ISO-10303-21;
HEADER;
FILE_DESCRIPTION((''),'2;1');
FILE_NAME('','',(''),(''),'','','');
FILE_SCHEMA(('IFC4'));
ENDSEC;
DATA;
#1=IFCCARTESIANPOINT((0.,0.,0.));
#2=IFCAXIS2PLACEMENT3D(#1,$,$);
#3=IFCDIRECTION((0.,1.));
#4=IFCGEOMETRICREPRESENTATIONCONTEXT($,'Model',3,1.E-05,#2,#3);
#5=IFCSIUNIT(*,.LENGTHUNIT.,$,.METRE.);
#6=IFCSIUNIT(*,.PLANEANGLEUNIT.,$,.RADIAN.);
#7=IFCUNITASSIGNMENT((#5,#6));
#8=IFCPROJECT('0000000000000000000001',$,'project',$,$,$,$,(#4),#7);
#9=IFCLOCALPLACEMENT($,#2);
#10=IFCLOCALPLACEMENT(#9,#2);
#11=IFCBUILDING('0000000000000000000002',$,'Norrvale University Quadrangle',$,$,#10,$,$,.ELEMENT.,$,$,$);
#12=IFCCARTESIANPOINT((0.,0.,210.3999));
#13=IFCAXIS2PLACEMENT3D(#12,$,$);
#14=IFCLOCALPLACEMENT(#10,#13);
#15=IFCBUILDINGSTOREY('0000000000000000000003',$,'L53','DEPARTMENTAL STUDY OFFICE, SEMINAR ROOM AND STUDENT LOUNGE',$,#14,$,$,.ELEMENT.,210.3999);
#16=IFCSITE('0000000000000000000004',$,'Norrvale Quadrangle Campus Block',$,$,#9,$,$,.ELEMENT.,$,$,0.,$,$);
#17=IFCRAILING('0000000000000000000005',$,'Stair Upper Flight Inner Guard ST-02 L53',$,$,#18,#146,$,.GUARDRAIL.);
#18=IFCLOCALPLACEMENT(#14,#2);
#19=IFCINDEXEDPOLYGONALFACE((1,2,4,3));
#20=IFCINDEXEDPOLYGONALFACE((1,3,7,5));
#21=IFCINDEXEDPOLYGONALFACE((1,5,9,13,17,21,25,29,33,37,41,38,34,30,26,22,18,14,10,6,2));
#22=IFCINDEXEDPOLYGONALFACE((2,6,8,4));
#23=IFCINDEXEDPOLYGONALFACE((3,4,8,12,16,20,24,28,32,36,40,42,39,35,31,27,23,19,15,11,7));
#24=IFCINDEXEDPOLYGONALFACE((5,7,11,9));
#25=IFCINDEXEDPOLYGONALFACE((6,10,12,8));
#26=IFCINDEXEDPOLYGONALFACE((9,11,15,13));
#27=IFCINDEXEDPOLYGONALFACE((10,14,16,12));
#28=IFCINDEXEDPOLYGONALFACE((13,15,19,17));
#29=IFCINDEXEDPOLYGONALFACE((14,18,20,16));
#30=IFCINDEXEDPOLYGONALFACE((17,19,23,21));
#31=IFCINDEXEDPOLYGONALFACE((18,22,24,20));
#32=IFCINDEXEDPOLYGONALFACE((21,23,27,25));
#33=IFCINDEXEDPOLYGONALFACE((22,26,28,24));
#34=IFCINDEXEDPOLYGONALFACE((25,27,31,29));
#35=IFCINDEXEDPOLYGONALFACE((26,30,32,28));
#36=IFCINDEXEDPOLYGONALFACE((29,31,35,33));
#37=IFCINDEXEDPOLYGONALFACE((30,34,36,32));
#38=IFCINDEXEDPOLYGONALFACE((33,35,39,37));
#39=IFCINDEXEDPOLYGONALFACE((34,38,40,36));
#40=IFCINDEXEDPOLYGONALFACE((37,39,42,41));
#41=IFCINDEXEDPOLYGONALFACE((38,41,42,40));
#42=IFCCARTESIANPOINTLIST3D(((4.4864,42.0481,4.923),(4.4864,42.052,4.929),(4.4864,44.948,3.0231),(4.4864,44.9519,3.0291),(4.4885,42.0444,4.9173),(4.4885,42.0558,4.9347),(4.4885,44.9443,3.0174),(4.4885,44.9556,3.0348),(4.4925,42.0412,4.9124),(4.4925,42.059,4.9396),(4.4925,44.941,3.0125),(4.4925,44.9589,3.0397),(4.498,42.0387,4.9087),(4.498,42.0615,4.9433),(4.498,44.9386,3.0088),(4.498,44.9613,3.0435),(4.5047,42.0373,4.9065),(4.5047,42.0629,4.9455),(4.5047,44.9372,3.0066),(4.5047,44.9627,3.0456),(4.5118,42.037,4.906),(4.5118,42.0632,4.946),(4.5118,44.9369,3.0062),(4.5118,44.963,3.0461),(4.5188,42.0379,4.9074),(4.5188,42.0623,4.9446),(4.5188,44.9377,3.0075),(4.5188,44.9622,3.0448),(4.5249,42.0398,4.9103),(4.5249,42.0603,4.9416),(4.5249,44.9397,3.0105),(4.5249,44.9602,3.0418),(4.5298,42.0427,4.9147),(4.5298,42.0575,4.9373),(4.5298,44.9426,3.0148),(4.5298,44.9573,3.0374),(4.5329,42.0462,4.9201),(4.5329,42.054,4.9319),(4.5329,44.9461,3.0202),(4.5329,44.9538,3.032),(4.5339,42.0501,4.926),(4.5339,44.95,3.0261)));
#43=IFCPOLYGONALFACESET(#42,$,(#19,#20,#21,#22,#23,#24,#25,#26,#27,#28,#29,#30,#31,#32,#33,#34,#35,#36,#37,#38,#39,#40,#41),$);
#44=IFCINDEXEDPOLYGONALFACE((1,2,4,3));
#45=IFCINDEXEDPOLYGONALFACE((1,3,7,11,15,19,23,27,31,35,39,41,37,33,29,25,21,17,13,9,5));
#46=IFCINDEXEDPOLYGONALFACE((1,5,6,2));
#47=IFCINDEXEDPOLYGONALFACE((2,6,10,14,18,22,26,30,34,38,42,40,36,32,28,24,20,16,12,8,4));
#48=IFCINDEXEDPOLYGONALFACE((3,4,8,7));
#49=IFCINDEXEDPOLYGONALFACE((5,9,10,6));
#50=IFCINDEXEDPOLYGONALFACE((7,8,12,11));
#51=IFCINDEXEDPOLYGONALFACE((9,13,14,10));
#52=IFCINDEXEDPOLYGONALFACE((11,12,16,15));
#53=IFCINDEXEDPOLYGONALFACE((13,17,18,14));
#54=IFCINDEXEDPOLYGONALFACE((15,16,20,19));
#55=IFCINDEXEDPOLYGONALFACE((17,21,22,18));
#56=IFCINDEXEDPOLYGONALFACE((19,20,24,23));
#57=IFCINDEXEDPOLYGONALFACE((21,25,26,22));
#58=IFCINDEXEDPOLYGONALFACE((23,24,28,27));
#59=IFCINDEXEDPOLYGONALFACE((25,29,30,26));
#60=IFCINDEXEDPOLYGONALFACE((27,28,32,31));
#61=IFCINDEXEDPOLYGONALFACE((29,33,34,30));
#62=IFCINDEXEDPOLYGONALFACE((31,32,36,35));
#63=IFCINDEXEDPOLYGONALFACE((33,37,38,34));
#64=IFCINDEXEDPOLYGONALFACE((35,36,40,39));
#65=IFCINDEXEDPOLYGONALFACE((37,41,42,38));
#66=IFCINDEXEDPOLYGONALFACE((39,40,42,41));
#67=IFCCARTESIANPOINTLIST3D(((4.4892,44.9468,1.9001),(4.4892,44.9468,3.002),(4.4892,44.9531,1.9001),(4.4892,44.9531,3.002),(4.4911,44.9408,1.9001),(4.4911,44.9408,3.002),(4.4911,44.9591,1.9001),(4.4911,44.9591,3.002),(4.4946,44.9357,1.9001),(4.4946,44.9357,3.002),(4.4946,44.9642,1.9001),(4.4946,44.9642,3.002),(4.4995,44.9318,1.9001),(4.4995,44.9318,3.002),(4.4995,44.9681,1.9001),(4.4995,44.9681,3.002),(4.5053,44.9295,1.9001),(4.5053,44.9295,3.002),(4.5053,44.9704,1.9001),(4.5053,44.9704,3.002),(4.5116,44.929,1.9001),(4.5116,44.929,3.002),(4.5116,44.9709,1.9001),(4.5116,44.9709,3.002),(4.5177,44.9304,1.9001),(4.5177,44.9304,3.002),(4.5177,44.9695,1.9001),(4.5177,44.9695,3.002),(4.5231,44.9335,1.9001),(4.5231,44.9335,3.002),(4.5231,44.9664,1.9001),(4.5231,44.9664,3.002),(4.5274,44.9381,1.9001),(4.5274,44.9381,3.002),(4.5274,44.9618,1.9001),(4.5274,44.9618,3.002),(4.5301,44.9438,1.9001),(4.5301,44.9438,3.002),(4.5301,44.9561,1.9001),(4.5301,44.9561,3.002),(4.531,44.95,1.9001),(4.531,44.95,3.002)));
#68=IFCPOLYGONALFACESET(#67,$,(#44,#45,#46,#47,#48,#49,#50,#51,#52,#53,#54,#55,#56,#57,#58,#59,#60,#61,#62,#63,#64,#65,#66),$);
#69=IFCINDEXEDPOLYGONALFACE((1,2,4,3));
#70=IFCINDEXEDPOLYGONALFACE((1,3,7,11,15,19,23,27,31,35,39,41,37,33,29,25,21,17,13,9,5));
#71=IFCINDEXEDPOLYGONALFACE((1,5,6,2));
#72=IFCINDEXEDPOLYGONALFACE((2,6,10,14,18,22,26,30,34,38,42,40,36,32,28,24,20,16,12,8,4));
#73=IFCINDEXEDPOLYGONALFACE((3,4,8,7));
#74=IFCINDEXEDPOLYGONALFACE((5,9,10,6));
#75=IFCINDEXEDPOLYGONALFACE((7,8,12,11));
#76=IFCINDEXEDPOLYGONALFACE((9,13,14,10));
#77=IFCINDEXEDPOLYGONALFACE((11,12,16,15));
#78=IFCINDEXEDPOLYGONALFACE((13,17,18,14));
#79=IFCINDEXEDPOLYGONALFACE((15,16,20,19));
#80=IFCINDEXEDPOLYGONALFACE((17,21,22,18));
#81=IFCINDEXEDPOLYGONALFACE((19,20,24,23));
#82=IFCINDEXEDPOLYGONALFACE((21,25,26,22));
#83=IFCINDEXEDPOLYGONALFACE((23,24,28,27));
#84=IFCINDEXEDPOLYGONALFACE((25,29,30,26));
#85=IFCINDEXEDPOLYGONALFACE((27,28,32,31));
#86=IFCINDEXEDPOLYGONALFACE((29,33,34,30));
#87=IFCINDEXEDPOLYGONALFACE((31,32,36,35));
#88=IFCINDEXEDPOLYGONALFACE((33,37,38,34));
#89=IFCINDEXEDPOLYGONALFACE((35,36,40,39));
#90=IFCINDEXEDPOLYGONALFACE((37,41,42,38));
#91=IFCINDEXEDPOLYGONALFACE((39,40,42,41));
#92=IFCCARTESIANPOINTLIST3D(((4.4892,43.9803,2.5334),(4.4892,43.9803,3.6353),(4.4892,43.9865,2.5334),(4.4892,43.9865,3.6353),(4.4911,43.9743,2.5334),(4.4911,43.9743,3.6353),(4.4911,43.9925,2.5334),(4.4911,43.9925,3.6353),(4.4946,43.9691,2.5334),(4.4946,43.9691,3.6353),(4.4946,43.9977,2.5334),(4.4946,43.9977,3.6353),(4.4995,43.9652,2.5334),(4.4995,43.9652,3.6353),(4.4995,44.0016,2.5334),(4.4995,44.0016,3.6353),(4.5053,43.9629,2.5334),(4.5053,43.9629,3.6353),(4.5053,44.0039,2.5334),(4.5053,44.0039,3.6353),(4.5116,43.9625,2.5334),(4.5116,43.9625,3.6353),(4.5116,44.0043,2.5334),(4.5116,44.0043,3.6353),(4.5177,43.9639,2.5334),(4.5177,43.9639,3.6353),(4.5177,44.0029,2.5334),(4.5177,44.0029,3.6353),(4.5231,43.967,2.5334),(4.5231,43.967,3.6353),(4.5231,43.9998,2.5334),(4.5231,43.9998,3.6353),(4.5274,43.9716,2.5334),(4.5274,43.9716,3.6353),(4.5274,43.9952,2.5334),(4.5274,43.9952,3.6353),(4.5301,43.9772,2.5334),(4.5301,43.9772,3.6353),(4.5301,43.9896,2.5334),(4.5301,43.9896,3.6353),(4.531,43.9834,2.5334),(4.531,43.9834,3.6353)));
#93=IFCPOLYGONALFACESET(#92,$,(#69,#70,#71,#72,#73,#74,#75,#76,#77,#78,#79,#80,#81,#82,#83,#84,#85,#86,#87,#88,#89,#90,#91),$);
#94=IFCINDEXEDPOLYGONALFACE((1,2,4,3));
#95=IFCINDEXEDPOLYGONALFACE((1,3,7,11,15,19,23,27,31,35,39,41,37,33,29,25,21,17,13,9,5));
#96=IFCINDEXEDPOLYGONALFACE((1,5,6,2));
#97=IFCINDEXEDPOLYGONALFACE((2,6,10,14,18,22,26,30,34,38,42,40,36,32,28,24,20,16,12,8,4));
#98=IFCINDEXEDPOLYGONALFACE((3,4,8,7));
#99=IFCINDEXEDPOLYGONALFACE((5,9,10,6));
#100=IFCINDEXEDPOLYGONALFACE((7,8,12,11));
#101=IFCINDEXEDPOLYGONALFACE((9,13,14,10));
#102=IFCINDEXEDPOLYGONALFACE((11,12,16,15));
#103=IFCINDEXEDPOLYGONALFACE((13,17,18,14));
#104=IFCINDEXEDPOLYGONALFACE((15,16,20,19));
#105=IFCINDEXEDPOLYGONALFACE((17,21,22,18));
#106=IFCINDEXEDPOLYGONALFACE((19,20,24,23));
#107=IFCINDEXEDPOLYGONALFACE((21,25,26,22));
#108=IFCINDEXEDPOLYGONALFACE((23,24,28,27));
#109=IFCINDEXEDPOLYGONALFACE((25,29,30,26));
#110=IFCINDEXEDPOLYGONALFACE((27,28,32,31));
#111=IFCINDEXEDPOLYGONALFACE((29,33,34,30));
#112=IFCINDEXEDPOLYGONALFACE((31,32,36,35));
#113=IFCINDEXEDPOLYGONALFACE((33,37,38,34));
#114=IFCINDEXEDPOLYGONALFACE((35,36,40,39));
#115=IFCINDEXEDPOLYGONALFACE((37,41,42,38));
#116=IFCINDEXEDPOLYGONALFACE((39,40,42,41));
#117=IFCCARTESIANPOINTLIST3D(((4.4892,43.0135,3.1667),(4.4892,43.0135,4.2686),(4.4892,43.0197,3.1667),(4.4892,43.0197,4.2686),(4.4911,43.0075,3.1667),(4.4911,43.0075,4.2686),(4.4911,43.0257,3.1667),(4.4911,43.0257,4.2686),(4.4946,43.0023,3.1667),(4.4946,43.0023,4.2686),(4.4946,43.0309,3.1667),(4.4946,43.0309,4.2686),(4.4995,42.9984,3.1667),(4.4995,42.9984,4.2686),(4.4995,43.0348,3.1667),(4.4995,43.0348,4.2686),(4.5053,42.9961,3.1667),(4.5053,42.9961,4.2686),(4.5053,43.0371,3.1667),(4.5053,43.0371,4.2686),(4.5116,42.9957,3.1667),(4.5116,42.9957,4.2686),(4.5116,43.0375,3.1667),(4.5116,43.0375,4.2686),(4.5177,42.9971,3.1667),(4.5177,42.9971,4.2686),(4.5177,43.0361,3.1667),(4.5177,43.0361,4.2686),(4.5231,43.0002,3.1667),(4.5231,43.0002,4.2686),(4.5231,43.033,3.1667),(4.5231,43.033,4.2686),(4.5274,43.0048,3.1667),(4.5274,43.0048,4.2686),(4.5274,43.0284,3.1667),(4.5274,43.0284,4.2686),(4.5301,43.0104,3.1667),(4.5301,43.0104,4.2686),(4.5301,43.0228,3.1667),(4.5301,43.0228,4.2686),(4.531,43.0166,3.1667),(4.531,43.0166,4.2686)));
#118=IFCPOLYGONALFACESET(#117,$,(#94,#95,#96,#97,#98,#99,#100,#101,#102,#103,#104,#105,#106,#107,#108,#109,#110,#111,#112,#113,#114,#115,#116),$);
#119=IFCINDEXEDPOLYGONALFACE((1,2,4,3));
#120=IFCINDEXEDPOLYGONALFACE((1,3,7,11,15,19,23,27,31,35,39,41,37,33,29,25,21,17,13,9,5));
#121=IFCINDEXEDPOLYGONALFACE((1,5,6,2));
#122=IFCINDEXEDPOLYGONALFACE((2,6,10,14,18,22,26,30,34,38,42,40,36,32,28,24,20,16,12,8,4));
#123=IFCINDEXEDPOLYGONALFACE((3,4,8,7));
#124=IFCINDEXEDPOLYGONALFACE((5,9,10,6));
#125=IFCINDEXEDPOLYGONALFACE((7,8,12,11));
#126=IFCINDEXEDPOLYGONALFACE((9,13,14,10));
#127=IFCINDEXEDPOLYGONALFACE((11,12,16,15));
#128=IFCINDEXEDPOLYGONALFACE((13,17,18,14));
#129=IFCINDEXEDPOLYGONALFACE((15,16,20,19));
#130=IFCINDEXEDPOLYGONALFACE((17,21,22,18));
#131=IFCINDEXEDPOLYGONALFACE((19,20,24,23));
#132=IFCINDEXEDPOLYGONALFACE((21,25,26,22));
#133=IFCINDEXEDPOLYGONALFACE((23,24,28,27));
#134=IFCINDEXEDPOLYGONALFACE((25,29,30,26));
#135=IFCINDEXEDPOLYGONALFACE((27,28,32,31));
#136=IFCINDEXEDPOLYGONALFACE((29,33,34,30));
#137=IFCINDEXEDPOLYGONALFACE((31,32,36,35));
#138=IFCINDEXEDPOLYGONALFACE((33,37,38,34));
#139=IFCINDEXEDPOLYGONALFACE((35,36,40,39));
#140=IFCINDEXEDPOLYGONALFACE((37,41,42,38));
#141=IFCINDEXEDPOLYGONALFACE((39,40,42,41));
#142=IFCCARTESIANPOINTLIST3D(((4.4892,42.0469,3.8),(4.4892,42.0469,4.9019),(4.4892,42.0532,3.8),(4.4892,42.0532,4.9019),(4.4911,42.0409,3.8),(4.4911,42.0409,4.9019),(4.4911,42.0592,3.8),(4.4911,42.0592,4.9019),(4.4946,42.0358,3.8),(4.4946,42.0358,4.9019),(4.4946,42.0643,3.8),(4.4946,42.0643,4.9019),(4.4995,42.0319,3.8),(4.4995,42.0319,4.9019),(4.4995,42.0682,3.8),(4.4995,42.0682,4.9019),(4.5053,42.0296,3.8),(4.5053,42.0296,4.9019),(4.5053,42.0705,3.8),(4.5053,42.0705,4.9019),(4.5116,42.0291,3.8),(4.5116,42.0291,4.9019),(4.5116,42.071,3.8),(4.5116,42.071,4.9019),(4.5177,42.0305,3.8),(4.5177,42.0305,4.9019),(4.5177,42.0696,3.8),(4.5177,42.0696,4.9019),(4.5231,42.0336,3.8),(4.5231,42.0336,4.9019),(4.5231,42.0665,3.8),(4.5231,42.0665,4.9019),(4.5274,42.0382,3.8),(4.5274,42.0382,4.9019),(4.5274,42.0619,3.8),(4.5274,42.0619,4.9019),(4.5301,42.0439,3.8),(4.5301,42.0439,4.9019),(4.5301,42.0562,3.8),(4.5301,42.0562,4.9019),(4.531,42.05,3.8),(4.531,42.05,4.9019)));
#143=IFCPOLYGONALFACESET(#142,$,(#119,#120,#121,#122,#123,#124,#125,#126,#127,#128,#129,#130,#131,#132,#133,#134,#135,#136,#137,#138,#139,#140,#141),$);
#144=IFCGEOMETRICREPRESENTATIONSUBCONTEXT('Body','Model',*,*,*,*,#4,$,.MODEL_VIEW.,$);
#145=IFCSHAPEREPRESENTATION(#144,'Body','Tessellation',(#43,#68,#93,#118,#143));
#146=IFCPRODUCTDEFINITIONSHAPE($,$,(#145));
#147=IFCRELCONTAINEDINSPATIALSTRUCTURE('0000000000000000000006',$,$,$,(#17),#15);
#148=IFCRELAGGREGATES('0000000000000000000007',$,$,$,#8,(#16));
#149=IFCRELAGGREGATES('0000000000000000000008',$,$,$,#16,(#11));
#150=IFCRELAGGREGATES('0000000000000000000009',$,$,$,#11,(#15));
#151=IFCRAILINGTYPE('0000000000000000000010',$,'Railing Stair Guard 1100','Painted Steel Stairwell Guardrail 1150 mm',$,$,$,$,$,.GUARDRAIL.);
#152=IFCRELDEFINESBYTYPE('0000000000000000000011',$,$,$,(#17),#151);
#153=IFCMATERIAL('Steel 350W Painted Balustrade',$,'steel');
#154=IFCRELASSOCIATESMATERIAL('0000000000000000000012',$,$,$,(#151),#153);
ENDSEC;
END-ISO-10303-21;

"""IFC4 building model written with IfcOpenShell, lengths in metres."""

from ifc_helpers import new_model, si_unit, direction, frame, origin, origin_2d, place, context, subcontext, project, spatial, circle, extrude, material, type_object, element, save


model = new_model("IFC4")

# Units and contexts
model_context = context("Model", 3, precision=1e-05, world=origin(), true_north=direction((0.0, 1.0)))
body_context = subcontext(model_context, "Body", "Model", "MODEL_VIEW")
ifc_project = project(units=[si_unit("LENGTHUNIT", "METRE"), si_unit("PLANEANGLEUNIT", "RADIAN")], contexts=[model_context])

# Site, building, storey
site_placement = place(None, origin())
site = spatial("IfcSite", under=ifc_project, at=site_placement, Name="Norrvale Quadrangle Campus Block", CompositionType="ELEMENT", RefElevation=0.0)
building_placement = place(site_placement, origin())
building = spatial("IfcBuilding", under=site, at=building_placement, Name="Norrvale University Quadrangle", CompositionType="ELEMENT")
storey_placement = place(building_placement, frame((0.0, 0.0, 210.3999)))
storey = spatial("IfcBuildingStorey", under=building, at=storey_placement, Name="L53", Description="DEPARTMENTAL STUDY OFFICE, SEMINAR ROOM AND STUDENT LOUNGE", CompositionType="ELEMENT", Elevation=210.3999)

# Railing
ifc_material_1 = material(Name="Steel 350W Painted Balustrade", Category="steel")
railing_type_1 = type_object("IfcRailingType", Name="Railing Stair Guard 1100", Description="Painted Steel Stairwell Guardrail 1150 mm", PredefinedType="GUARDRAIL", material=ifc_material_1)
railing_1_placement = place(storey_placement, frame((4.51, 44.95, 1.9001)))
element("IfcRailing", 1, at=railing_1_placement, inside=storey, type_object=railing_type_1, Name="Stair Upper Flight Inner Guard ST-02 L53", PredefinedType="GUARDRAIL", context=body_context, shape_type="SweptSolid", body=[
    extrude(circle(Radius=0.0239, at=origin_2d()), frame((0.0, 0.0, 1.126), z_axis=(0.0, -0.836466, 0.548019), x_axis=(1.0, 0.0, 0.0)), (0.0, 0.0, 1.0), 3.4668),
    extrude(circle(Radius=0.021, at=origin_2d()), origin(), (0.0, 0.0, 1.0), 1.1018),
    extrude(circle(Radius=0.021, at=origin_2d()), frame((0.0, -0.9666, 0.6333)), (0.0, 0.0, 1.0), 1.1018),
    extrude(circle(Radius=0.021, at=origin_2d()), frame((0.0, -1.9333, 1.2666)), (0.0, 0.0, 1.0), 1.1018),
    extrude(circle(Radius=0.021, at=origin_2d()), frame((0.0, -2.8999, 1.8999)), (0.0, 0.0, 1.0), 1.1018),
])

save(model, "model.ifc")
